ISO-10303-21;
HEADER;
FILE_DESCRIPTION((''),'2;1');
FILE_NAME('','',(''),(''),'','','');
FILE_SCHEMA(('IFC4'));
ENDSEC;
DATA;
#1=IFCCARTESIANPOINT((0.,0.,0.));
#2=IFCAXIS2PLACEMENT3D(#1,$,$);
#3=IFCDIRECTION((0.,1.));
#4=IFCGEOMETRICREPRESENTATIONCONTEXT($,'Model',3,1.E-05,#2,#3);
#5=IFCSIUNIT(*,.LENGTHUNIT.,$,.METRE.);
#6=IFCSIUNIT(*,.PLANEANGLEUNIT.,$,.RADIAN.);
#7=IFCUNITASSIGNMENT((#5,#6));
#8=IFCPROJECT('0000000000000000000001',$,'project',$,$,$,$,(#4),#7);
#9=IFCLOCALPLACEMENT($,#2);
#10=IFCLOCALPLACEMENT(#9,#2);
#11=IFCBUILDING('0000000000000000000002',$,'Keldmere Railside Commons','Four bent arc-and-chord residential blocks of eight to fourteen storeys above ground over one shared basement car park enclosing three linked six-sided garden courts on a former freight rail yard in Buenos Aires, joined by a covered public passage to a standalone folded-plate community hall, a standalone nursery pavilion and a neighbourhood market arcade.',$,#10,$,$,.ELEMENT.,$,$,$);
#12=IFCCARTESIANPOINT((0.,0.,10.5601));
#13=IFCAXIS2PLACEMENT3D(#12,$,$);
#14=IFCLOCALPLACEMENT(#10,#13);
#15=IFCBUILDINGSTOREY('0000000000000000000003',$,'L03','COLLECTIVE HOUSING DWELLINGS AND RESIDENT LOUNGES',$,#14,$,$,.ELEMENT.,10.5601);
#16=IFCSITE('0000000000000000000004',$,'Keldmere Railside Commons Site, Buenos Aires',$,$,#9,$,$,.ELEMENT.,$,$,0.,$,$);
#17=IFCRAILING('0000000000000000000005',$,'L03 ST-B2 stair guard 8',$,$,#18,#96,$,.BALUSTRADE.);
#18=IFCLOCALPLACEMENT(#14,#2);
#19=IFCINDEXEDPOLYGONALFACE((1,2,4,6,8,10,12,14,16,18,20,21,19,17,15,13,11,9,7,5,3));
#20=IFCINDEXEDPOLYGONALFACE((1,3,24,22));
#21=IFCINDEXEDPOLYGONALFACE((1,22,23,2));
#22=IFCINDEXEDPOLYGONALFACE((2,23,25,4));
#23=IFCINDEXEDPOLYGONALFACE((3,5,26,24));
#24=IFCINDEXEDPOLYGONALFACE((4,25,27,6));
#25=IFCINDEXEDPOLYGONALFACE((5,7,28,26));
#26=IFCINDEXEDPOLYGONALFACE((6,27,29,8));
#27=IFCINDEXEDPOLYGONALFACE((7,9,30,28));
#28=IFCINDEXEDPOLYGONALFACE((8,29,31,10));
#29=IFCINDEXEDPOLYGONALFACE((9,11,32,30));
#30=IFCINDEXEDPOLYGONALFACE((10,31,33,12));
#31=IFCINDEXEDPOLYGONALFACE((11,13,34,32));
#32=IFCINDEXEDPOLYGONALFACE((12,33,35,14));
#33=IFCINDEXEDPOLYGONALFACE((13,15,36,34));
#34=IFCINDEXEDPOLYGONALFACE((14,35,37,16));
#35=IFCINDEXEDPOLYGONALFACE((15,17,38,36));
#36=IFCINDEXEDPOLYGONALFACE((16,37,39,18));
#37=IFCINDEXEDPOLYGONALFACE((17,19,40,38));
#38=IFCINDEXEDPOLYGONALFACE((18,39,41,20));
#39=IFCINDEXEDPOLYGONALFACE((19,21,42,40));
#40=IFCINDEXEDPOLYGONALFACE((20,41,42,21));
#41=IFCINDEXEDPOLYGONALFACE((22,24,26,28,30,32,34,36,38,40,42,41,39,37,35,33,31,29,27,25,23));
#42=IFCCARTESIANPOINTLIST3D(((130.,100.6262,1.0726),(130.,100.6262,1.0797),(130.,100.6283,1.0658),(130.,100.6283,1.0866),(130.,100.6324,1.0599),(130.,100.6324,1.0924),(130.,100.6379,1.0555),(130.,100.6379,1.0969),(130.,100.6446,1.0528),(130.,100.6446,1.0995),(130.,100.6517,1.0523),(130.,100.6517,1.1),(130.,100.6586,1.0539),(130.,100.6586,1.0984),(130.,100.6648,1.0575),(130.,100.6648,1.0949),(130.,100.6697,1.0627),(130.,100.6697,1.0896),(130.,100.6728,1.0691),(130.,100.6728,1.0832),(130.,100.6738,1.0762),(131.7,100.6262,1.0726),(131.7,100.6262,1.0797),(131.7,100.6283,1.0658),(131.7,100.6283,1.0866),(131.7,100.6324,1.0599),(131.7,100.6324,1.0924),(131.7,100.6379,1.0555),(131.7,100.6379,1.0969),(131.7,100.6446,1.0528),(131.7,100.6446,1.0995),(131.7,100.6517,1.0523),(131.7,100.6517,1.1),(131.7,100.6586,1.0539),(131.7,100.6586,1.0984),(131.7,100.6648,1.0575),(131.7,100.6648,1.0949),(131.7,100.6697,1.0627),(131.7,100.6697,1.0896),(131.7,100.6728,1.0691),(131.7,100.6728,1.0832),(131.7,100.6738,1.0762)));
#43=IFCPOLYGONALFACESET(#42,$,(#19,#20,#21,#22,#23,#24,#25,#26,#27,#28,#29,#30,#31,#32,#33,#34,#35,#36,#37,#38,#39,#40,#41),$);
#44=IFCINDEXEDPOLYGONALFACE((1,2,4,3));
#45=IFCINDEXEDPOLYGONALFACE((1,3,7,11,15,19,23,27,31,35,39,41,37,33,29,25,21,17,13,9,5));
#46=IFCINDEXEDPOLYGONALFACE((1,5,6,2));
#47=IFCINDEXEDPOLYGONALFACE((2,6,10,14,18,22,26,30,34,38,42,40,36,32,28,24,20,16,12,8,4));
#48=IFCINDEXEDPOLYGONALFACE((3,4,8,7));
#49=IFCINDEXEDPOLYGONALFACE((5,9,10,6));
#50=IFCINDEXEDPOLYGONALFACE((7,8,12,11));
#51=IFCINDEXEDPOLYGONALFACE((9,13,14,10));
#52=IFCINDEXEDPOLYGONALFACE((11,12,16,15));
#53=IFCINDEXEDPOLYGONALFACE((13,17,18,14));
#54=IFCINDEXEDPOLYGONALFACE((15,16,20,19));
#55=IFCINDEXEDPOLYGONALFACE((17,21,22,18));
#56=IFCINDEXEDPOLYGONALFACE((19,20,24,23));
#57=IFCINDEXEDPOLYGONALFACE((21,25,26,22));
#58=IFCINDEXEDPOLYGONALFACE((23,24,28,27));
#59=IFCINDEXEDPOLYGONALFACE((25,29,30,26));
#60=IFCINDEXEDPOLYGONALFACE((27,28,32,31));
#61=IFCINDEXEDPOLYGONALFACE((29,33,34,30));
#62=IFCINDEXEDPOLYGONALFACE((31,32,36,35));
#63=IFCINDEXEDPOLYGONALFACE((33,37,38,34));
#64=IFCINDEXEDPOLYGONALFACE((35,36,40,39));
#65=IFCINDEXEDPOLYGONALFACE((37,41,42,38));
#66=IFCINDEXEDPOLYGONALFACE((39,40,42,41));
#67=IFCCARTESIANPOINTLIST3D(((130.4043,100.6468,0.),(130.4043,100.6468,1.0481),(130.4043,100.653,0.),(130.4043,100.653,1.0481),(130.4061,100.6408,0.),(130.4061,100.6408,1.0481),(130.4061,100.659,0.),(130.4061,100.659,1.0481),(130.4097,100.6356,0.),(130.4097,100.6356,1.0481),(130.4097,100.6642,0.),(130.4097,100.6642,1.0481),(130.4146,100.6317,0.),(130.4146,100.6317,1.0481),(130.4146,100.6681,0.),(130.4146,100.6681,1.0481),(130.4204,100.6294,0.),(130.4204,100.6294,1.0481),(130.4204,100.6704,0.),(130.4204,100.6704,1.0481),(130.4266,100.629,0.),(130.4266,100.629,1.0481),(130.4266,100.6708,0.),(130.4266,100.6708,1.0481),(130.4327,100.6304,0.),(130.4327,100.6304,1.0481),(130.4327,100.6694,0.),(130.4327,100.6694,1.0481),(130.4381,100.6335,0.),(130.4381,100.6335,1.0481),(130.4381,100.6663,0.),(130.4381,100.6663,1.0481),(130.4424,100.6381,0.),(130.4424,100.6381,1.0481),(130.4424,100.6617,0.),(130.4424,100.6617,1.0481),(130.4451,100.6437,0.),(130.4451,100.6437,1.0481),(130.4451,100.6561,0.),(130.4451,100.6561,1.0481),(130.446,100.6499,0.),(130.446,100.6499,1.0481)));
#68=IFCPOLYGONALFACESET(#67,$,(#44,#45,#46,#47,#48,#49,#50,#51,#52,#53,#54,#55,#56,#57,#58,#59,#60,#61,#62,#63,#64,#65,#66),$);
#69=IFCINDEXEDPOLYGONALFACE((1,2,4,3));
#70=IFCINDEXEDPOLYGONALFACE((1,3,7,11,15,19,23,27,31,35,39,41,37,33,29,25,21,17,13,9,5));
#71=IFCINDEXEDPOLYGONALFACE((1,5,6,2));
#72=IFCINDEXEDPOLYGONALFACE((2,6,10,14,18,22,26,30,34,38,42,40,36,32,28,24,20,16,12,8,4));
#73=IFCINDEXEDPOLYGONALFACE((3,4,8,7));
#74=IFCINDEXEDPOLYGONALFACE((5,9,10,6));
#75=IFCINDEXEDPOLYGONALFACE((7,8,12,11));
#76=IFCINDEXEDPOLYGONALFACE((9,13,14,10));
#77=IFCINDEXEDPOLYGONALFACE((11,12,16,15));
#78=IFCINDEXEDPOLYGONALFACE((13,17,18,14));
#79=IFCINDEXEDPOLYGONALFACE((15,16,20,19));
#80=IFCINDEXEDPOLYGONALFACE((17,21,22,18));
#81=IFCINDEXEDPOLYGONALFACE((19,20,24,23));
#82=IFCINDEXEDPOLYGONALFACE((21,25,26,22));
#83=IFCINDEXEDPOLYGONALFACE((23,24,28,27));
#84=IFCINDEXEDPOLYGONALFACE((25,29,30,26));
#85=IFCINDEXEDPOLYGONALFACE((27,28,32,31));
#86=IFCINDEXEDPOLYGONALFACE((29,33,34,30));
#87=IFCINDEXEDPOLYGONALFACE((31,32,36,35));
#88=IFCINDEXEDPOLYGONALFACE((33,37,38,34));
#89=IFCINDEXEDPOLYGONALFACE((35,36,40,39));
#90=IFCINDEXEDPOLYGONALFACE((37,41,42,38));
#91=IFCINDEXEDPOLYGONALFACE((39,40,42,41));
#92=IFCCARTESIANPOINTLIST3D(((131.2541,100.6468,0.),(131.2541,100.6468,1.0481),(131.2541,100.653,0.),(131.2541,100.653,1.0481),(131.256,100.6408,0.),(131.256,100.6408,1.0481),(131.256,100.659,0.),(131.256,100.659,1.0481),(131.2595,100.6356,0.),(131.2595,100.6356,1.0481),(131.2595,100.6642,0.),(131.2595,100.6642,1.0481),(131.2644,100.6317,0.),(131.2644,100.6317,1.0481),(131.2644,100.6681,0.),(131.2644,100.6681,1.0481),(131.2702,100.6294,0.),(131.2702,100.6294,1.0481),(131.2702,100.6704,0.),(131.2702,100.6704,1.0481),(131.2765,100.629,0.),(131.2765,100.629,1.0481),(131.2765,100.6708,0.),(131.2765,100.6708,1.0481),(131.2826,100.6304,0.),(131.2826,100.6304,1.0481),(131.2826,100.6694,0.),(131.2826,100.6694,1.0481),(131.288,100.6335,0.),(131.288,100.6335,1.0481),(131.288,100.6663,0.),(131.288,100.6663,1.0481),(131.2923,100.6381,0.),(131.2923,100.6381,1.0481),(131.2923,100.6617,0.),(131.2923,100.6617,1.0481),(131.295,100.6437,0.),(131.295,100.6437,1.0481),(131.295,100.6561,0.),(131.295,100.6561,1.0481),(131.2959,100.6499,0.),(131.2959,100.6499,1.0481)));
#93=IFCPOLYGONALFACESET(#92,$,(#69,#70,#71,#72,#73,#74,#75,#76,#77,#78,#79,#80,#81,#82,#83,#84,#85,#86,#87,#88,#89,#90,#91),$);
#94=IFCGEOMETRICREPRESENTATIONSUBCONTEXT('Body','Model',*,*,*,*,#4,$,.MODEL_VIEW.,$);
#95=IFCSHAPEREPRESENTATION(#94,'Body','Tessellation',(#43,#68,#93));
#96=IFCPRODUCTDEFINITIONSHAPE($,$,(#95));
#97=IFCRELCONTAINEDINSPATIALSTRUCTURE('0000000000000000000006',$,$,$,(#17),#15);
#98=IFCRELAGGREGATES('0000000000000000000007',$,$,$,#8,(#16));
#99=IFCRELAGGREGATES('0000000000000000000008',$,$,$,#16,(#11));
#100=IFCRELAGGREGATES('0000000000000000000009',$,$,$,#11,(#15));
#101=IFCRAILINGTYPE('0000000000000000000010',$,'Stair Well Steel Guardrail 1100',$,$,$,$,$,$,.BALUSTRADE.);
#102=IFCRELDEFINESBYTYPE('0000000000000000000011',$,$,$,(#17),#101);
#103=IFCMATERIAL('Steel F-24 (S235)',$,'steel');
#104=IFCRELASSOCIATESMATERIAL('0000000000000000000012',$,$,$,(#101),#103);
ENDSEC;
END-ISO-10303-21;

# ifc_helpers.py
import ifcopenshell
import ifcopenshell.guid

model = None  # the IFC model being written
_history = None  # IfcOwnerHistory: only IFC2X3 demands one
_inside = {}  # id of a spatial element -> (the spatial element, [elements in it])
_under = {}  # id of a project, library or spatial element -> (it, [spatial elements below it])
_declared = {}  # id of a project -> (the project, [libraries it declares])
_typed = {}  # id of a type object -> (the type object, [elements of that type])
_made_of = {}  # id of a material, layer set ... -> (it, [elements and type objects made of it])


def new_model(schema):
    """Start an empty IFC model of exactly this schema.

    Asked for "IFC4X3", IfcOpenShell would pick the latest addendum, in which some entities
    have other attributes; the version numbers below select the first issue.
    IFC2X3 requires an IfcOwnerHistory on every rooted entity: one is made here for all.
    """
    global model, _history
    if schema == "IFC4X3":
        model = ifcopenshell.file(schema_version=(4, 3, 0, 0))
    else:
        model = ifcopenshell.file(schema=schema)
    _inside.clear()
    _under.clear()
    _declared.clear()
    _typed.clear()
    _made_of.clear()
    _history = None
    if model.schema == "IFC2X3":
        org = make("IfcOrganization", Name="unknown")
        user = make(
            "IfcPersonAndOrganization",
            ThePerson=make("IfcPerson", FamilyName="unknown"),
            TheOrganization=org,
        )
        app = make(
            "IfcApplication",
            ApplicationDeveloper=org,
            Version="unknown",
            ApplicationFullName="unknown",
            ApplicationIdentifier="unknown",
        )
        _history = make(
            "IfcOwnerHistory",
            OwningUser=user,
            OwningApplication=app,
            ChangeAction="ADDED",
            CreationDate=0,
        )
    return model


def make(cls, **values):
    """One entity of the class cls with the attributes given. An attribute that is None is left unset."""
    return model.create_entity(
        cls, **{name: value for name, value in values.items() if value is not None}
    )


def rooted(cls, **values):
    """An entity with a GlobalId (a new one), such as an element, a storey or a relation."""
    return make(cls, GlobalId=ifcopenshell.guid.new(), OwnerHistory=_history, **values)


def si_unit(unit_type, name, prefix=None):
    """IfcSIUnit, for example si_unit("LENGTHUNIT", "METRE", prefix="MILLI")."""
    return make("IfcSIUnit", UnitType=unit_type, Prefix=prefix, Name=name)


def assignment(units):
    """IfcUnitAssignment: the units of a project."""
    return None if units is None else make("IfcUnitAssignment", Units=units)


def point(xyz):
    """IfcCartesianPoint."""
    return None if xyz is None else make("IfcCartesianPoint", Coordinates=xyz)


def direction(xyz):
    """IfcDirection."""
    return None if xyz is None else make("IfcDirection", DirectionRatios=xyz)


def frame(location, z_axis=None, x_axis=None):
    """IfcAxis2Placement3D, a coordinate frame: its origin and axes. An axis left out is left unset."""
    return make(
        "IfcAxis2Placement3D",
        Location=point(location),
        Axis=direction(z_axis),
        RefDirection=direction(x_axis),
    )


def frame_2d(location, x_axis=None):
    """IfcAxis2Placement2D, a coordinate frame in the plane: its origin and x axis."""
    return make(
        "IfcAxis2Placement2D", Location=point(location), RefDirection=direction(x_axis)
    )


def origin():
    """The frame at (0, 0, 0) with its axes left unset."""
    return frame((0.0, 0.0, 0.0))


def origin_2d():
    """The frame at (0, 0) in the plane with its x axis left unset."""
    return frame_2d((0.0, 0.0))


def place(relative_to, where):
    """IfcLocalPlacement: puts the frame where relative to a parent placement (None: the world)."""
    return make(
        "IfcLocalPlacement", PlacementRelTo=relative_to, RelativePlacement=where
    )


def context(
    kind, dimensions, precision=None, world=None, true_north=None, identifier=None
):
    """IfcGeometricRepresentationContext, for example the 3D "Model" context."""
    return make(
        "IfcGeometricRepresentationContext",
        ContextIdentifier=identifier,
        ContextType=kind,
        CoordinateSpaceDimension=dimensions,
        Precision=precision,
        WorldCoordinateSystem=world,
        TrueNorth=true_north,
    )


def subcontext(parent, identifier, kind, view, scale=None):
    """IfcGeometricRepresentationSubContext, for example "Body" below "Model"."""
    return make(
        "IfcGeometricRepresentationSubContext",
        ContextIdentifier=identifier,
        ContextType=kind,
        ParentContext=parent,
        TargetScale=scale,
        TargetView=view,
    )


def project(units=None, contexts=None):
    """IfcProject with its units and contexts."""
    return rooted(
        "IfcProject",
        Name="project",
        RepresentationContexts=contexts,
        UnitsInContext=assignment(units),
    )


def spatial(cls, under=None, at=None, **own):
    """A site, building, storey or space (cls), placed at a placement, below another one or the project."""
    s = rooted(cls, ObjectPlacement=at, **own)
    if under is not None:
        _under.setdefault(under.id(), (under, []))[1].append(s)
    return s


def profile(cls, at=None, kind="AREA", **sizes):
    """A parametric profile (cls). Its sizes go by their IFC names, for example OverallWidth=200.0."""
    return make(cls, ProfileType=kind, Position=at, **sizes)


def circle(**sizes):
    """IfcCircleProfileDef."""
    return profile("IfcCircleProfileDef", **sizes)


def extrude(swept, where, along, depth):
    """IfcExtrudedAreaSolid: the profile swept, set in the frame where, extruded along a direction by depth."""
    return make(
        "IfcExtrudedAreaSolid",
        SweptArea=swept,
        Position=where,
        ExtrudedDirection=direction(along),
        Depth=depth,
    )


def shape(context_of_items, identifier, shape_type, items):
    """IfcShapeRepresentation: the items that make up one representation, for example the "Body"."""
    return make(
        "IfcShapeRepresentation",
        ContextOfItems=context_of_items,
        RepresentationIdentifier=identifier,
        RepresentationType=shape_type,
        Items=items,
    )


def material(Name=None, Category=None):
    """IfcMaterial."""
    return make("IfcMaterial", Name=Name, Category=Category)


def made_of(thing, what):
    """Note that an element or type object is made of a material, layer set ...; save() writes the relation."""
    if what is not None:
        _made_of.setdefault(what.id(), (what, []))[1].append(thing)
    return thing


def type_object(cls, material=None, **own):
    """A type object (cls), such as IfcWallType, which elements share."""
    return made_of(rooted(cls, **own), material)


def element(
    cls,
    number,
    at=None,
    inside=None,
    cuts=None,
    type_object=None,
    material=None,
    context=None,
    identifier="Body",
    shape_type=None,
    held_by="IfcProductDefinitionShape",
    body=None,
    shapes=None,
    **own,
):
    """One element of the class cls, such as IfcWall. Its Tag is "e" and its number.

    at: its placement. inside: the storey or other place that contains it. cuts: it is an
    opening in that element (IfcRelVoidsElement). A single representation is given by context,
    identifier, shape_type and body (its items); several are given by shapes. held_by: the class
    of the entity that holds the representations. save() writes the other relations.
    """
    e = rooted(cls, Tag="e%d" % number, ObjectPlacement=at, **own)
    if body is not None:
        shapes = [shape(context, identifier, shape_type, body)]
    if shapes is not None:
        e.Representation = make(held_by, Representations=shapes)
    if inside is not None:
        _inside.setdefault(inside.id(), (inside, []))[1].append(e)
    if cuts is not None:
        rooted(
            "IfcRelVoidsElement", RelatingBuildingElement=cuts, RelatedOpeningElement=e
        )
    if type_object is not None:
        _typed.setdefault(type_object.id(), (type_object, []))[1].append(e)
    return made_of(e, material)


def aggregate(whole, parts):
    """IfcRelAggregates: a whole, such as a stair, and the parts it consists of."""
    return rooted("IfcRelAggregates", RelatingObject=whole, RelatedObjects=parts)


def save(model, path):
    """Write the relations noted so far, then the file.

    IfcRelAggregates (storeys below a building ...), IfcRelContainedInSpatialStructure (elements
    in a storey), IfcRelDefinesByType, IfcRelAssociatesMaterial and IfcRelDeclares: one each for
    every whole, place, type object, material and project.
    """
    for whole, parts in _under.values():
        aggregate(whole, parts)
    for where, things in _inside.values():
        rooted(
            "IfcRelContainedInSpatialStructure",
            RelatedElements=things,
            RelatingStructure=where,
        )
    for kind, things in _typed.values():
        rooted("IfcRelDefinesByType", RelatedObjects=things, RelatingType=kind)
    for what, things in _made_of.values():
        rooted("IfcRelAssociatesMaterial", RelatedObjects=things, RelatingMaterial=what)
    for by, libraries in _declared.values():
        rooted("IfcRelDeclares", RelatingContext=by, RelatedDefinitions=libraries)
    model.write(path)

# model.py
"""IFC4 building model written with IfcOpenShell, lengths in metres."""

from ifc_helpers import new_model, si_unit, direction, frame, origin, origin_2d, place, context, subcontext, project, spatial, circle, extrude, material, type_object, element, save


model = new_model("IFC4")

# Units and contexts
model_context = context("Model", 3, precision=1e-05, world=origin(), true_north=direction((0.0, 1.0)))
body_context = subcontext(model_context, "Body", "Model", "MODEL_VIEW")
ifc_project = project(units=[si_unit("LENGTHUNIT", "METRE"), si_unit("PLANEANGLEUNIT", "RADIAN")], contexts=[model_context])

# Site, building, storey
site_placement = place(None, origin())
site = spatial("IfcSite", under=ifc_project, at=site_placement, Name="Keldmere Railside Commons Site, Buenos Aires", CompositionType="ELEMENT", RefElevation=0.0)
building_placement = place(site_placement, origin())
building = spatial("IfcBuilding", under=site, at=building_placement, Name="Keldmere Railside Commons", Description="Four bent arc-and-chord residential blocks of eight to fourteen storeys above ground over one shared basement car park enclosing three linked six-sided garden courts on a former freight rail yard in Buenos Aires, joined by a covered public passage to a standalone folded-plate community hall, a standalone nursery pavilion and a neighbourhood market arcade.", CompositionType="ELEMENT")
storey_placement = place(building_placement, frame((0.0, 0.0, 10.5601)))
storey = spatial("IfcBuildingStorey", under=building, at=storey_placement, Name="L03", Description="COLLECTIVE HOUSING DWELLINGS AND RESIDENT LOUNGES", CompositionType="ELEMENT", Elevation=10.5601)

# Railing
ifc_material_1 = material(Name="Steel F-24 (S235)", Category="steel")
railing_type_1 = type_object("IfcRailingType", Name="Stair Well Steel Guardrail 1100", PredefinedType="BALUSTRADE", material=ifc_material_1)
railing_1_placement = place(storey_placement, frame((130.0, 100.6499, 0.0)))
element("IfcRailing", 1, at=railing_1_placement, inside=storey, type_object=railing_type_1, Name="L03 ST-B2 stair guard 8", PredefinedType="BALUSTRADE", context=body_context, shape_type="SweptSolid", body=[
    extrude(circle(Radius=0.0239, at=origin_2d()), frame((0.0, 0.0, 1.0762), z_axis=(1.0, 0.0, 0.0), x_axis=(0.0, 1.0, 0.0)), (0.0, 0.0, 1.0), 1.7),
    extrude(circle(Radius=0.021, at=origin_2d()), frame((0.425, 0.0, 0.0)), (0.0, 0.0, 1.0), 1.0481),
    extrude(circle(Radius=0.021, at=origin_2d()), frame((1.2749, 0.0, 0.0)), (0.0, 0.0, 1.0), 1.0481),
])

save(model, "model.ifc")
